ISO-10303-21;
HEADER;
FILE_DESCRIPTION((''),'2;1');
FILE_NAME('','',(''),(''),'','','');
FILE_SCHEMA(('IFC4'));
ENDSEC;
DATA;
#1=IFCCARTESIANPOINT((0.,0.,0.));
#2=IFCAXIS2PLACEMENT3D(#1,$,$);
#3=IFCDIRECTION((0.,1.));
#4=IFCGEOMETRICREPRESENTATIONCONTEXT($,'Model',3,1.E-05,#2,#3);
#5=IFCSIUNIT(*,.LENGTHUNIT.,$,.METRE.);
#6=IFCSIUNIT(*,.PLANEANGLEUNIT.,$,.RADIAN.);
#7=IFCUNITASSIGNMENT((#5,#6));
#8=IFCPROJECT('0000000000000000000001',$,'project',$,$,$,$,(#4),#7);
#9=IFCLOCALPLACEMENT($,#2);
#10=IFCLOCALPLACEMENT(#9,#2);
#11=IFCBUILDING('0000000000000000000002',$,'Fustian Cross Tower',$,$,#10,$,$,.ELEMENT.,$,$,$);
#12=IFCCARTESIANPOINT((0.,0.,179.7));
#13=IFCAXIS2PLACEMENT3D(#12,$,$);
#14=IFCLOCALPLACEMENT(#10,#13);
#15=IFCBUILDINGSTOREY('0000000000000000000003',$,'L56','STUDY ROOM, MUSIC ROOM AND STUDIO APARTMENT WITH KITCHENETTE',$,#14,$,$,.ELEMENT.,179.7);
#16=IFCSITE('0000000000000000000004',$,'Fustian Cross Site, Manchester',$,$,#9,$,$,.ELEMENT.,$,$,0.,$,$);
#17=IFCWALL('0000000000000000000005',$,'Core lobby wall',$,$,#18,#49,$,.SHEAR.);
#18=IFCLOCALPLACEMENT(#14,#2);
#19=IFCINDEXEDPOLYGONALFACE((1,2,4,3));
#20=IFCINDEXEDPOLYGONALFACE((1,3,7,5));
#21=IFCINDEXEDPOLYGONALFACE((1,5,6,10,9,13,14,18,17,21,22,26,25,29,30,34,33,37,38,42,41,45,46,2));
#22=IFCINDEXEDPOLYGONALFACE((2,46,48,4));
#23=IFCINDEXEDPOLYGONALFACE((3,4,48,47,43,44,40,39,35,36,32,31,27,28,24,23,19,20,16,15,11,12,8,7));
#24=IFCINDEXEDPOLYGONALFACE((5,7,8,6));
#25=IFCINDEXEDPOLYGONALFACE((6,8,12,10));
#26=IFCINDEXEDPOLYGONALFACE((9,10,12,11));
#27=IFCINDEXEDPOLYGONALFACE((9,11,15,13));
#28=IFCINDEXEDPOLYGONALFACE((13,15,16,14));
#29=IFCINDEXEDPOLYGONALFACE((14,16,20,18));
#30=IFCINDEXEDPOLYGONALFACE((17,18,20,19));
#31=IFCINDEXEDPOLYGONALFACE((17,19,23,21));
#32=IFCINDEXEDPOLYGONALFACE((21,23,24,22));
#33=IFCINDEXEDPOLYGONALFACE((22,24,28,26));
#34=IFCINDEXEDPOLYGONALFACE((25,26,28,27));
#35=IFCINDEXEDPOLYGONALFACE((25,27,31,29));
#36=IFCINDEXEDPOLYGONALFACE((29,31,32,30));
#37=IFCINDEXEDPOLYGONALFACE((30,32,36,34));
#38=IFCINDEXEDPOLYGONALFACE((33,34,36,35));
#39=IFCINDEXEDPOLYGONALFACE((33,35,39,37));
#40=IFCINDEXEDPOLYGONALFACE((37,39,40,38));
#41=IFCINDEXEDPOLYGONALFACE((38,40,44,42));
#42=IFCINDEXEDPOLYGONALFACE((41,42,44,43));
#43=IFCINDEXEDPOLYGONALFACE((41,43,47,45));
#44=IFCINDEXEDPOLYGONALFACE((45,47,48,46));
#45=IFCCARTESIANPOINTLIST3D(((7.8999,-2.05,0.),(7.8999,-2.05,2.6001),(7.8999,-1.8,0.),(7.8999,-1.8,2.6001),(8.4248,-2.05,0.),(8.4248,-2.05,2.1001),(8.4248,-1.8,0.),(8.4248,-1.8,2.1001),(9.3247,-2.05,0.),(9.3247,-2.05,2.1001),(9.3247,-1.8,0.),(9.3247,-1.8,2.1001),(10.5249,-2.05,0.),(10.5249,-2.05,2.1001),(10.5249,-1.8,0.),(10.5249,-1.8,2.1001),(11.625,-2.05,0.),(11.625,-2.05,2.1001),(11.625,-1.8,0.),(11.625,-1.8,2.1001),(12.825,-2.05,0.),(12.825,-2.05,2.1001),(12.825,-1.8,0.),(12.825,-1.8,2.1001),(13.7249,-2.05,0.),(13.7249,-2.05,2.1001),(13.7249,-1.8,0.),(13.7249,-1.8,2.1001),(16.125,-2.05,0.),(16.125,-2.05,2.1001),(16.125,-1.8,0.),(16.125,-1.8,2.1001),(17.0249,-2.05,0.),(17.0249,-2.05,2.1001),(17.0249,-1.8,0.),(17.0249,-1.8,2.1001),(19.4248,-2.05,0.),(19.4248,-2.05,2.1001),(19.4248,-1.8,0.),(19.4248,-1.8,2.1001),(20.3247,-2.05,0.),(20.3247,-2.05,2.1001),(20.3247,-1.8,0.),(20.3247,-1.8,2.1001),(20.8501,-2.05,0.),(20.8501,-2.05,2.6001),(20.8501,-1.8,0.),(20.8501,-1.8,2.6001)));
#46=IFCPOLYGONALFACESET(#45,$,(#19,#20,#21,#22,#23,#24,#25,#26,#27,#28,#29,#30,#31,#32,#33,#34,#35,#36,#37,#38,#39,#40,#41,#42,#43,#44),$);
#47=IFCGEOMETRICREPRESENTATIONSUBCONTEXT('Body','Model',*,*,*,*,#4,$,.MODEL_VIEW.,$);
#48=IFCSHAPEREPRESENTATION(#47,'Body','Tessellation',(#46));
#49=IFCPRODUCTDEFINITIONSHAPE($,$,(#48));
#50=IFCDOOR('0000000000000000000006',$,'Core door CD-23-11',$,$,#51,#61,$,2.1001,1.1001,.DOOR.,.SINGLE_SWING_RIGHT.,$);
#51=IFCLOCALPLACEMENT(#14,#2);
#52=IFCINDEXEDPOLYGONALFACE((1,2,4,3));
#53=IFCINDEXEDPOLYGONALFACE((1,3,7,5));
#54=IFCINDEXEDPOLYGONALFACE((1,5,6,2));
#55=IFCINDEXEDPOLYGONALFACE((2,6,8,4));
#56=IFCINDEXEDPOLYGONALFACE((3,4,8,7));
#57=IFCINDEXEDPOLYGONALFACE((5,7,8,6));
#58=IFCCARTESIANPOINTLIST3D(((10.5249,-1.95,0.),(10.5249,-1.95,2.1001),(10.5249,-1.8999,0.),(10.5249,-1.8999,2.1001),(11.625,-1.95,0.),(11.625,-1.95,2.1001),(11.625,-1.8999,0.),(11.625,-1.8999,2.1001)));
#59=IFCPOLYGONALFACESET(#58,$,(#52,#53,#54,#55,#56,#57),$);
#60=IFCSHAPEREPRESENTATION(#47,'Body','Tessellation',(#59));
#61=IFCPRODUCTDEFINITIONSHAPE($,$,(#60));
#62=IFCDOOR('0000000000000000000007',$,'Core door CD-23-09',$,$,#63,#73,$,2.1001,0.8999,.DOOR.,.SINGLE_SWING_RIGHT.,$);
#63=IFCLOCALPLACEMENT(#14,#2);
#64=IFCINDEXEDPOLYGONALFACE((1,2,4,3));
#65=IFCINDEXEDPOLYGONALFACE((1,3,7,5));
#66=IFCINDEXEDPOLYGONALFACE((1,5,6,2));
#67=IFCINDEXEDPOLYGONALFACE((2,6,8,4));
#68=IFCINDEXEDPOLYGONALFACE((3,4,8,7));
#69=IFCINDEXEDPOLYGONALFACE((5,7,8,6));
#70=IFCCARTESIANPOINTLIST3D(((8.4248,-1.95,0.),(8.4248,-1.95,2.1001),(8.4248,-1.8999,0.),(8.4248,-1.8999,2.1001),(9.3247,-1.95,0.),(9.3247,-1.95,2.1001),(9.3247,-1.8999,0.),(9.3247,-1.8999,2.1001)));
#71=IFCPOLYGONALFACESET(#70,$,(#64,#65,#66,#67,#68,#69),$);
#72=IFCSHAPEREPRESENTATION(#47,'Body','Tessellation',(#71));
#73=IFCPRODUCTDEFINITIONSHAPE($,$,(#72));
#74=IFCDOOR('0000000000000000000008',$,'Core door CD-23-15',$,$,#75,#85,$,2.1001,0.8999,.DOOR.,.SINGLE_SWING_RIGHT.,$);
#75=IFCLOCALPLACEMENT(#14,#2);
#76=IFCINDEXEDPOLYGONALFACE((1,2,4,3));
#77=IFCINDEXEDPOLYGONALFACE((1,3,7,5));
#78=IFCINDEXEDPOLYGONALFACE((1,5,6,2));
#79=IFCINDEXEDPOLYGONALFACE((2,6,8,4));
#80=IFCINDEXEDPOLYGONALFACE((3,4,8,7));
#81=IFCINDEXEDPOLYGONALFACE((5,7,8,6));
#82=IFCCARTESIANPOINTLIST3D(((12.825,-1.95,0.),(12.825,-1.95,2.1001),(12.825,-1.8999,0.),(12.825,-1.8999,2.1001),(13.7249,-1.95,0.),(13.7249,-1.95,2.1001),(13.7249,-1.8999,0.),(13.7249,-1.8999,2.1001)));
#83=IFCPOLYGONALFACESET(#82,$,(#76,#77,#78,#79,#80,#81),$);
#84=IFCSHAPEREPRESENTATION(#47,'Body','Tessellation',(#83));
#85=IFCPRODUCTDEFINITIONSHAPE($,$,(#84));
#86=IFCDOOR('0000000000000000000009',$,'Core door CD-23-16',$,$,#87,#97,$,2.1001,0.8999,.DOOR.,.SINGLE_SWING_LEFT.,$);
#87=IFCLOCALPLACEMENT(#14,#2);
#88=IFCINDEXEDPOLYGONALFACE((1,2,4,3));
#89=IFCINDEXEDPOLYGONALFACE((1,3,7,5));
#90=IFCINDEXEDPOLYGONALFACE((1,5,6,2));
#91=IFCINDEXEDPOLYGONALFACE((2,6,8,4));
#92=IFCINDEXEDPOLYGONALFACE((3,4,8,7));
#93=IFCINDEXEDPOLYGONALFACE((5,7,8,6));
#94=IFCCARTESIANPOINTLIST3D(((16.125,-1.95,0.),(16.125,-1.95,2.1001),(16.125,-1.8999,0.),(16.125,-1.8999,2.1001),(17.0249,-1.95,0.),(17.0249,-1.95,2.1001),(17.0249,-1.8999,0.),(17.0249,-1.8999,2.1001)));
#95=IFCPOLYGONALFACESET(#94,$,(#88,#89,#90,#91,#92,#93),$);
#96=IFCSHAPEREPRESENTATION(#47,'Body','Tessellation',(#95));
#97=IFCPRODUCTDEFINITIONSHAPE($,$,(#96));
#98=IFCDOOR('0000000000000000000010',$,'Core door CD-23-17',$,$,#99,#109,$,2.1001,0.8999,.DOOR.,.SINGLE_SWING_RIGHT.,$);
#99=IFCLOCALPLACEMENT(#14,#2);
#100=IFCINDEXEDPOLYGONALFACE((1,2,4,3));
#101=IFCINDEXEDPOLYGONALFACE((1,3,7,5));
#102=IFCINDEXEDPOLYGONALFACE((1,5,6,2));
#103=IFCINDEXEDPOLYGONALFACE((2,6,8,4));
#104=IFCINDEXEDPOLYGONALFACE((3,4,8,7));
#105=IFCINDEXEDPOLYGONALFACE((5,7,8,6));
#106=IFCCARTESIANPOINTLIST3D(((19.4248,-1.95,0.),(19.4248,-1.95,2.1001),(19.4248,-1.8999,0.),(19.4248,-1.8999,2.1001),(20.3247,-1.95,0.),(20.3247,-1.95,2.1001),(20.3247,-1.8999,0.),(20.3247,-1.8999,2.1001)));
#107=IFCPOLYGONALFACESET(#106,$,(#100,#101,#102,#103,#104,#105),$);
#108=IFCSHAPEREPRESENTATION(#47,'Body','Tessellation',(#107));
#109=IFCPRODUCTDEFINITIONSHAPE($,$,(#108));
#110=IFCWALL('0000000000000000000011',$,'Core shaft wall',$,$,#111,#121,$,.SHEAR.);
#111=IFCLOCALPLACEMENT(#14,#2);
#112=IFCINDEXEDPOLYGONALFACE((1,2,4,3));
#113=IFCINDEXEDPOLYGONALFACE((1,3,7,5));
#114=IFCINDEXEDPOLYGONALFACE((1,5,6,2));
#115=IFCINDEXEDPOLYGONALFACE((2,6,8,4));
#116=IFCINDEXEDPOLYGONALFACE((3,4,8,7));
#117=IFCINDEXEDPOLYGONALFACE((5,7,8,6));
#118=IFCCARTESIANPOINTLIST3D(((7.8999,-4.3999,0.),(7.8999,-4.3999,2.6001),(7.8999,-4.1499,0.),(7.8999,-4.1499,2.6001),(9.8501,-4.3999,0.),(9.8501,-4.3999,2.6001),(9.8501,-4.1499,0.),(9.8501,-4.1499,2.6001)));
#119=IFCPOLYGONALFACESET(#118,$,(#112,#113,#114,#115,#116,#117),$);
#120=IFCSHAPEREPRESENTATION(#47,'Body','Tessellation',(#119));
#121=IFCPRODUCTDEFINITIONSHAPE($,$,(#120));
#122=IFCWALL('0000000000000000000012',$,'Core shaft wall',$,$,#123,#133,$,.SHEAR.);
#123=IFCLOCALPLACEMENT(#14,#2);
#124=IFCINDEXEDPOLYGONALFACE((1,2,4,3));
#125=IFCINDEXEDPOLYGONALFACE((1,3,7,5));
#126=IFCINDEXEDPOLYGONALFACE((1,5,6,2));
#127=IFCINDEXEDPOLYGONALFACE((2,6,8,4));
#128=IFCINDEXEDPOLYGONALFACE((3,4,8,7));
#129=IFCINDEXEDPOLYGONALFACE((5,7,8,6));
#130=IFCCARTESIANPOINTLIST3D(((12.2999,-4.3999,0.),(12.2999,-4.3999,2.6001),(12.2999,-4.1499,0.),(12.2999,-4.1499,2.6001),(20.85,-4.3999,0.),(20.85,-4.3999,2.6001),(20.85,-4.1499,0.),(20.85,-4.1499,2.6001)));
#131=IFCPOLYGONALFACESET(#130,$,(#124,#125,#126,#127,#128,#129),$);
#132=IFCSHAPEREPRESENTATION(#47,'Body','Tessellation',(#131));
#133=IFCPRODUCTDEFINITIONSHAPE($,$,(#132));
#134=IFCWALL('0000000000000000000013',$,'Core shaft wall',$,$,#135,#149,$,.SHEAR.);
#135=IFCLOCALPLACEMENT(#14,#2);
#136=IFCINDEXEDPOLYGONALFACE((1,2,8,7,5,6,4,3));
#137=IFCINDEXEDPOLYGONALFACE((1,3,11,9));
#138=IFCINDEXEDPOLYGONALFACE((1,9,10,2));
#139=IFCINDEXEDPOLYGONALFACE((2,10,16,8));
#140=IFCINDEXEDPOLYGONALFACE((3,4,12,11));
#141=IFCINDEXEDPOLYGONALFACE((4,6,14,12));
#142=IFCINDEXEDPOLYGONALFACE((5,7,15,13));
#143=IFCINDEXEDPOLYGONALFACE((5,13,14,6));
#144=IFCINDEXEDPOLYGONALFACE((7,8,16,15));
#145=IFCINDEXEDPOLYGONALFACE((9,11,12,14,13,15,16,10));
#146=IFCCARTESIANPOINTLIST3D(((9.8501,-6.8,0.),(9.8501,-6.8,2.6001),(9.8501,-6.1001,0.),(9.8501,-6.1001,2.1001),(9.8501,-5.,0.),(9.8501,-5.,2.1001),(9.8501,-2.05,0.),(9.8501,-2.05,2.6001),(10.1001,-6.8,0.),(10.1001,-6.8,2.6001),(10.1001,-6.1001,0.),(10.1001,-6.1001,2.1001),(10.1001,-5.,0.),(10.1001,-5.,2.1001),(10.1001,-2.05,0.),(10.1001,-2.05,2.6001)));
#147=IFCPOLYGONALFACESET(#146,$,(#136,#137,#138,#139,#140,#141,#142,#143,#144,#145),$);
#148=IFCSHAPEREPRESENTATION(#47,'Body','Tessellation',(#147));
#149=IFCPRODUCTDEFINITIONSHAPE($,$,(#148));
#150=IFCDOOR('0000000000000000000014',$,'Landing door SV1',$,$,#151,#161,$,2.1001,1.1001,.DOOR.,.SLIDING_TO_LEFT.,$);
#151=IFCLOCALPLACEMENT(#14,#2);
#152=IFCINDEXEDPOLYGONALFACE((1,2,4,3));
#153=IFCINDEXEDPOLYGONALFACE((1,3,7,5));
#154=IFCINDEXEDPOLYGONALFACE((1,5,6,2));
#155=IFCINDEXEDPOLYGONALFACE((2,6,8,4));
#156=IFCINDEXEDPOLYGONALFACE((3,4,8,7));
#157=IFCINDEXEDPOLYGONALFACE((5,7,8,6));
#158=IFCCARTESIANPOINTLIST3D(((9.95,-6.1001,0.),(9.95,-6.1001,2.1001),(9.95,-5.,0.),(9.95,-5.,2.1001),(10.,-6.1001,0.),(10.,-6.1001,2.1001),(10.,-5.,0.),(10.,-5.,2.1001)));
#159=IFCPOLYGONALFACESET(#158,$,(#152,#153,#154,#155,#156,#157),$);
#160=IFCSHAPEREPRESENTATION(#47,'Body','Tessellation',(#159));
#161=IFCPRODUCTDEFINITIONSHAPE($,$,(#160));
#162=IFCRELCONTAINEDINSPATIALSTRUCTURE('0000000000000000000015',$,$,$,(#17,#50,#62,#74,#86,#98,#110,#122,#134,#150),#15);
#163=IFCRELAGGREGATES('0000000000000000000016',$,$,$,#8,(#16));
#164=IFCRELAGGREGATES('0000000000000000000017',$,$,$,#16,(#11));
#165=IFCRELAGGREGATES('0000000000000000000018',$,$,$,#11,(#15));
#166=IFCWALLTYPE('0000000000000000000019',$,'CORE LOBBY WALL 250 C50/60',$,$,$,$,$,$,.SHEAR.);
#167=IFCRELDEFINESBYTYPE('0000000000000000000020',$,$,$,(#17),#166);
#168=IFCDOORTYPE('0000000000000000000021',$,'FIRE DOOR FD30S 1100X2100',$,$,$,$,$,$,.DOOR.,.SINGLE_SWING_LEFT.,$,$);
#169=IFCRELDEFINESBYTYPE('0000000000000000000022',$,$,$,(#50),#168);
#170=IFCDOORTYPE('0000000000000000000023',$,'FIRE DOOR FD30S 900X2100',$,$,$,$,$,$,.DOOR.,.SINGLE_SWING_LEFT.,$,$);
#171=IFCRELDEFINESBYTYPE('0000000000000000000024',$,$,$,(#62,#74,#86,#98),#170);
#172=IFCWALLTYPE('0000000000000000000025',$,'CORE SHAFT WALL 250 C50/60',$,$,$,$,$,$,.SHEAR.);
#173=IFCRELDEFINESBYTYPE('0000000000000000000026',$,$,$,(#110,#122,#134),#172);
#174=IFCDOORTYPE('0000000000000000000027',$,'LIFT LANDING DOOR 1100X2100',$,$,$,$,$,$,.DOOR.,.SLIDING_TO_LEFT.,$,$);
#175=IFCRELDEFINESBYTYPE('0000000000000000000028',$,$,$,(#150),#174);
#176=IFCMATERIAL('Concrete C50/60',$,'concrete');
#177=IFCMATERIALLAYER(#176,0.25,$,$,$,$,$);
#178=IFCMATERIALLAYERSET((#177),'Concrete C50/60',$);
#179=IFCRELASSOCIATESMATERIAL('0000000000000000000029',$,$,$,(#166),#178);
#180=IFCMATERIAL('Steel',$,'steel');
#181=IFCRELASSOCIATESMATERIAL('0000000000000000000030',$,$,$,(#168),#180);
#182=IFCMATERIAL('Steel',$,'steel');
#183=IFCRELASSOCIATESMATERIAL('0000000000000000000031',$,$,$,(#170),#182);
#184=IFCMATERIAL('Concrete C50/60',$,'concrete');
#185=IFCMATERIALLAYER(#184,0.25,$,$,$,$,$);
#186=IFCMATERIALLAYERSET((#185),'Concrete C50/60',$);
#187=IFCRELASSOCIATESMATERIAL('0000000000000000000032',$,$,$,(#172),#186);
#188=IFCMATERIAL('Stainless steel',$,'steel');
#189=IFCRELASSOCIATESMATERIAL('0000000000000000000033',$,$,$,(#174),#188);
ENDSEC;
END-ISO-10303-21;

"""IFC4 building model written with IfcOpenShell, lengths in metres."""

from ifc_helpers import new_model, si_unit, direction, frame, frame_2d, origin, place, context, subcontext, project, spatial, rectangle, extrude, material, layer, layer_set, type_object, element, fill, save


model = new_model("IFC4")

# Units and contexts
model_context = context("Model", 3, precision=1e-05, world=origin(), true_north=direction((0.0, 1.0)))
body_context = subcontext(model_context, "Body", "Model", "MODEL_VIEW")
ifc_project = project(units=[si_unit("LENGTHUNIT", "METRE"), si_unit("PLANEANGLEUNIT", "RADIAN")], contexts=[model_context])

# Site, building, storey
site_placement = place(None, origin())
site = spatial("IfcSite", under=ifc_project, at=site_placement, Name="Fustian Cross Site, Manchester", CompositionType="ELEMENT", RefElevation=0.0)
building_placement = place(site_placement, origin())
building = spatial("IfcBuilding", under=site, at=building_placement, Name="Fustian Cross Tower", CompositionType="ELEMENT")
storey_placement = place(building_placement, frame((0.0, 0.0, 179.7)))
storey = spatial("IfcBuildingStorey", under=building, at=storey_placement, Name="L56", Description="STUDY ROOM, MUSIC ROOM AND STUDIO APARTMENT WITH KITCHENETTE", CompositionType="ELEMENT", Elevation=179.7)

# Wall, openings, doors
ifc_material_1 = material(Name="Concrete C50/60", Category="concrete")
ifc_layer_1 = layer(ifc_material_1, 0.25)
ifc_layer_set_1 = layer_set([ifc_layer_1], Name="Concrete C50/60")
wall_type_1 = type_object("IfcWallType", Name="CORE LOBBY WALL 250 C50/60", PredefinedType="SHEAR", material=ifc_layer_set_1)
wall_1_placement = place(storey_placement, frame((7.8999, -1.925, 0.0), z_axis=(0.0, 0.0, 1.0), x_axis=(1.0, 0.0, 0.0)))
wall_1 = element("IfcWall", 1, at=wall_1_placement, inside=storey, type_object=wall_type_1, Name="Core lobby wall", PredefinedType="SHEAR", context=body_context, shape_type="SweptSolid", body=[
    extrude(rectangle(XDim=12.9502, YDim=0.25, at=frame_2d((6.4751, 0.0))), origin(), (0.0, 0.0, 1.0), 2.6001),
])
opening_1_placement = place(wall_1_placement, frame((0.5249, 0.0, 0.0)))
opening_1 = element("IfcOpeningElement", 2, at=opening_1_placement, cuts=wall_1, PredefinedType="OPENING", context=body_context, shape_type="SweptSolid", body=[
    extrude(rectangle(XDim=0.8999, YDim=2.1001, at=frame_2d((0.45, 1.05))), frame((0.0, 0.135, 0.0), z_axis=(0.0, -1.0, 0.0), x_axis=(1.0, 0.0, 0.0)), (0.0, 0.0, 1.0), 0.27),
])
opening_2_placement = place(wall_1_placement, frame((2.625, 0.0, 0.0)))
opening_2 = element("IfcOpeningElement", 3, at=opening_2_placement, cuts=wall_1, PredefinedType="OPENING", context=body_context, shape_type="SweptSolid", body=[
    extrude(rectangle(XDim=1.1001, YDim=2.1001, at=frame_2d((0.55, 1.05))), frame((0.0, 0.135, 0.0), z_axis=(0.0, -1.0, 0.0), x_axis=(1.0, 0.0, 0.0)), (0.0, 0.0, 1.0), 0.27),
])
opening_3_placement = place(wall_1_placement, frame((4.925, 0.0, 0.0)))
opening_3 = element("IfcOpeningElement", 4, at=opening_3_placement, cuts=wall_1, PredefinedType="OPENING", context=body_context, shape_type="SweptSolid", body=[
    extrude(rectangle(XDim=0.8999, YDim=2.1001, at=frame_2d((0.45, 1.05))), frame((0.0, 0.135, 0.0), z_axis=(0.0, -1.0, 0.0), x_axis=(1.0, 0.0, 0.0)), (0.0, 0.0, 1.0), 0.27),
])
opening_4_placement = place(wall_1_placement, frame((8.2251, 0.0, 0.0)))
opening_4 = element("IfcOpeningElement", 5, at=opening_4_placement, cuts=wall_1, PredefinedType="OPENING", context=body_context, shape_type="SweptSolid", body=[
    extrude(rectangle(XDim=0.8999, YDim=2.1001, at=frame_2d((0.45, 1.05))), frame((0.0, 0.135, 0.0), z_axis=(0.0, -1.0, 0.0), x_axis=(1.0, 0.0, 0.0)), (0.0, 0.0, 1.0), 0.27),
])
opening_5_placement = place(wall_1_placement, frame((11.5249, 0.0, 0.0)))
opening_5 = element("IfcOpeningElement", 6, at=opening_5_placement, cuts=wall_1, PredefinedType="OPENING", context=body_context, shape_type="SweptSolid", body=[
    extrude(rectangle(XDim=0.8999, YDim=2.1001, at=frame_2d((0.45, 1.05))), frame((0.0, 0.135, 0.0), z_axis=(0.0, -1.0, 0.0), x_axis=(1.0, 0.0, 0.0)), (0.0, 0.0, 1.0), 0.27),
])
ifc_material_2 = material(Name="Steel", Category="steel")
door_type_1 = type_object("IfcDoorType", Name="FIRE DOOR FD30S 1100X2100", OperationType="SINGLE_SWING_LEFT", PredefinedType="DOOR", material=ifc_material_2)
door_1_placement = place(opening_2_placement, frame((1.1001, 0.0, 0.0), z_axis=(0.0, 0.0, 1.0), x_axis=(-1.0, 0.0, 0.0)))
door_1 = element("IfcDoor", 7, at=door_1_placement, inside=storey, type_object=door_type_1, Name="Core door CD-23-11", OperationType="SINGLE_SWING_RIGHT", OverallHeight=2.1001, OverallWidth=1.1001, PredefinedType="DOOR", context=body_context, shape_type="SweptSolid", body=[
    extrude(rectangle(XDim=1.1001, YDim=2.1001, at=frame_2d((0.55, 1.05))), frame((0.0, 0.0249, 0.0), z_axis=(0.0, -1.0, 0.0), x_axis=(1.0, 0.0, 0.0)), (0.0, 0.0, 1.0), 0.05),
])
fill(opening_2, door_1)
ifc_material_3 = material(Name="Steel", Category="steel")
door_type_2 = type_object("IfcDoorType", Name="FIRE DOOR FD30S 900X2100", OperationType="SINGLE_SWING_LEFT", PredefinedType="DOOR", material=ifc_material_3)
door_2_placement = place(opening_1_placement, frame((0.8999, 0.0, 0.0), z_axis=(0.0, 0.0, 1.0), x_axis=(-1.0, 0.0, 0.0)))
door_2 = element("IfcDoor", 8, at=door_2_placement, inside=storey, type_object=door_type_2, Name="Core door CD-23-09", OperationType="SINGLE_SWING_RIGHT", OverallHeight=2.1001, OverallWidth=0.8999, PredefinedType="DOOR", context=body_context, shape_type="SweptSolid", body=[
    extrude(rectangle(XDim=0.8999, YDim=2.1001, at=frame_2d((0.45, 1.05))), frame((0.0, 0.0249, 0.0), z_axis=(0.0, -1.0, 0.0), x_axis=(1.0, 0.0, 0.0)), (0.0, 0.0, 1.0), 0.05),
])
fill(opening_1, door_2)
door_3_placement = place(opening_3_placement, frame((0.8999, 0.0, 0.0), z_axis=(0.0, 0.0, 1.0), x_axis=(-1.0, 0.0, 0.0)))
door_3 = element("IfcDoor", 9, at=door_3_placement, inside=storey, type_object=door_type_2, Name="Core door CD-23-15", OperationType="SINGLE_SWING_RIGHT", OverallHeight=2.1001, OverallWidth=0.8999, PredefinedType="DOOR", context=body_context, shape_type="SweptSolid", body=[
    extrude(rectangle(XDim=0.8999, YDim=2.1001, at=frame_2d((0.45, 1.05))), frame((0.0, 0.0249, 0.0), z_axis=(0.0, -1.0, 0.0), x_axis=(1.0, 0.0, 0.0)), (0.0, 0.0, 1.0), 0.05),
])
fill(opening_3, door_3)
door_4_placement = place(opening_4_placement, frame((0.8999, 0.0, 0.0), z_axis=(0.0, 0.0, 1.0), x_axis=(-1.0, 0.0, 0.0)))
door_4 = element("IfcDoor", 10, at=door_4_placement, inside=storey, type_object=door_type_2, Name="Core door CD-23-16", OperationType="SINGLE_SWING_LEFT", OverallHeight=2.1001, OverallWidth=0.8999, PredefinedType="DOOR", context=body_context, shape_type="SweptSolid", body=[
    extrude(rectangle(XDim=0.8999, YDim=2.1001, at=frame_2d((0.45, 1.05))), frame((0.0, 0.0249, 0.0), z_axis=(0.0, -1.0, 0.0), x_axis=(1.0, 0.0, 0.0)), (0.0, 0.0, 1.0), 0.05),
])
fill(opening_4, door_4)
door_5_placement = place(opening_5_placement, frame((0.8999, 0.0, 0.0), z_axis=(0.0, 0.0, 1.0), x_axis=(-1.0, 0.0, 0.0)))
door_5 = element("IfcDoor", 11, at=door_5_placement, inside=storey, type_object=door_type_2, Name="Core door CD-23-17", OperationType="SINGLE_SWING_RIGHT", OverallHeight=2.1001, OverallWidth=0.8999, PredefinedType="DOOR", context=body_context, shape_type="SweptSolid", body=[
    extrude(rectangle(XDim=0.8999, YDim=2.1001, at=frame_2d((0.45, 1.05))), frame((0.0, 0.0249, 0.0), z_axis=(0.0, -1.0, 0.0), x_axis=(1.0, 0.0, 0.0)), (0.0, 0.0, 1.0), 0.05),
])
fill(opening_5, door_5)

# Walls
ifc_material_4 = material(Name="Concrete C50/60", Category="concrete")
ifc_layer_2 = layer(ifc_material_4, 0.25)
ifc_layer_set_2 = layer_set([ifc_layer_2], Name="Concrete C50/60")
wall_type_2 = type_object("IfcWallType", Name="CORE SHAFT WALL 250 C50/60", PredefinedType="SHEAR", material=ifc_layer_set_2)
wall_2_placement = place(storey_placement, frame((7.8999, -4.2749, 0.0), z_axis=(0.0, 0.0, 1.0), x_axis=(1.0, 0.0, 0.0)))
element("IfcWall", 12, at=wall_2_placement, inside=storey, type_object=wall_type_2, Name="Core shaft wall", PredefinedType="SHEAR", context=body_context, shape_type="SweptSolid", body=[
    extrude(rectangle(XDim=1.9502, YDim=0.25, at=frame_2d((0.9751, 0.0))), origin(), (0.0, 0.0, 1.0), 2.6001),
])
wall_3_placement = place(storey_placement, frame((12.3, -4.2749, 0.0), z_axis=(0.0, 0.0, 1.0), x_axis=(1.0, 0.0, 0.0)))
element("IfcWall", 13, at=wall_3_placement, inside=storey, type_object=wall_type_2, Name="Core shaft wall", PredefinedType="SHEAR", context=body_context, shape_type="SweptSolid", body=[
    extrude(rectangle(XDim=8.55, YDim=0.25, at=frame_2d((4.2749, 0.0))), origin(), (0.0, 0.0, 1.0), 2.6001),
])

# Wall, opening, door
wall_4_placement = place(storey_placement, frame((9.9751, -2.05, 0.0), z_axis=(0.0, 0.0, 1.0), x_axis=(0.0, -1.0, 0.0)))
wall_4 = element("IfcWall", 14, at=wall_4_placement, inside=storey, type_object=wall_type_2, Name="Core shaft wall", PredefinedType="SHEAR", context=body_context, shape_type="SweptSolid", body=[
    extrude(rectangle(XDim=4.75, YDim=0.25, at=frame_2d((2.375, 0.0))), origin(), (0.0, 0.0, 1.0), 2.6001),
])
opening_6_placement = place(wall_4_placement, frame((2.95, 0.0, 0.0)))
opening_6 = element("IfcOpeningElement", 15, at=opening_6_placement, cuts=wall_4, PredefinedType="OPENING", context=body_context, shape_type="SweptSolid", body=[
    extrude(rectangle(XDim=1.1001, YDim=2.1001, at=frame_2d((0.55, 1.05))), frame((0.0, 0.135, 0.0), z_axis=(0.0, -1.0, 0.0), x_axis=(1.0, 0.0, 0.0)), (0.0, 0.0, 1.0), 0.27),
])
ifc_material_5 = material(Name="Stainless steel", Category="steel")
door_type_3 = type_object("IfcDoorType", Name="LIFT LANDING DOOR 1100X2100", OperationType="SLIDING_TO_LEFT", PredefinedType="DOOR", material=ifc_material_5)
door_6_placement = place(opening_6_placement, origin())
door_6 = element("IfcDoor", 16, at=door_6_placement, inside=storey, type_object=door_type_3, Name="Landing door SV1", OperationType="SLIDING_TO_LEFT", OverallHeight=2.1001, OverallWidth=1.1001, PredefinedType="DOOR", context=body_context, shape_type="SweptSolid", body=[
    extrude(rectangle(XDim=1.1001, YDim=2.1001, at=frame_2d((0.55, 1.05))), frame((0.0, 0.0249, 0.0), z_axis=(0.0, -1.0, 0.0), x_axis=(1.0, 0.0, 0.0)), (0.0, 0.0, 1.0), 0.05),
])
fill(opening_6, door_6)

save(model, "model.ifc")
